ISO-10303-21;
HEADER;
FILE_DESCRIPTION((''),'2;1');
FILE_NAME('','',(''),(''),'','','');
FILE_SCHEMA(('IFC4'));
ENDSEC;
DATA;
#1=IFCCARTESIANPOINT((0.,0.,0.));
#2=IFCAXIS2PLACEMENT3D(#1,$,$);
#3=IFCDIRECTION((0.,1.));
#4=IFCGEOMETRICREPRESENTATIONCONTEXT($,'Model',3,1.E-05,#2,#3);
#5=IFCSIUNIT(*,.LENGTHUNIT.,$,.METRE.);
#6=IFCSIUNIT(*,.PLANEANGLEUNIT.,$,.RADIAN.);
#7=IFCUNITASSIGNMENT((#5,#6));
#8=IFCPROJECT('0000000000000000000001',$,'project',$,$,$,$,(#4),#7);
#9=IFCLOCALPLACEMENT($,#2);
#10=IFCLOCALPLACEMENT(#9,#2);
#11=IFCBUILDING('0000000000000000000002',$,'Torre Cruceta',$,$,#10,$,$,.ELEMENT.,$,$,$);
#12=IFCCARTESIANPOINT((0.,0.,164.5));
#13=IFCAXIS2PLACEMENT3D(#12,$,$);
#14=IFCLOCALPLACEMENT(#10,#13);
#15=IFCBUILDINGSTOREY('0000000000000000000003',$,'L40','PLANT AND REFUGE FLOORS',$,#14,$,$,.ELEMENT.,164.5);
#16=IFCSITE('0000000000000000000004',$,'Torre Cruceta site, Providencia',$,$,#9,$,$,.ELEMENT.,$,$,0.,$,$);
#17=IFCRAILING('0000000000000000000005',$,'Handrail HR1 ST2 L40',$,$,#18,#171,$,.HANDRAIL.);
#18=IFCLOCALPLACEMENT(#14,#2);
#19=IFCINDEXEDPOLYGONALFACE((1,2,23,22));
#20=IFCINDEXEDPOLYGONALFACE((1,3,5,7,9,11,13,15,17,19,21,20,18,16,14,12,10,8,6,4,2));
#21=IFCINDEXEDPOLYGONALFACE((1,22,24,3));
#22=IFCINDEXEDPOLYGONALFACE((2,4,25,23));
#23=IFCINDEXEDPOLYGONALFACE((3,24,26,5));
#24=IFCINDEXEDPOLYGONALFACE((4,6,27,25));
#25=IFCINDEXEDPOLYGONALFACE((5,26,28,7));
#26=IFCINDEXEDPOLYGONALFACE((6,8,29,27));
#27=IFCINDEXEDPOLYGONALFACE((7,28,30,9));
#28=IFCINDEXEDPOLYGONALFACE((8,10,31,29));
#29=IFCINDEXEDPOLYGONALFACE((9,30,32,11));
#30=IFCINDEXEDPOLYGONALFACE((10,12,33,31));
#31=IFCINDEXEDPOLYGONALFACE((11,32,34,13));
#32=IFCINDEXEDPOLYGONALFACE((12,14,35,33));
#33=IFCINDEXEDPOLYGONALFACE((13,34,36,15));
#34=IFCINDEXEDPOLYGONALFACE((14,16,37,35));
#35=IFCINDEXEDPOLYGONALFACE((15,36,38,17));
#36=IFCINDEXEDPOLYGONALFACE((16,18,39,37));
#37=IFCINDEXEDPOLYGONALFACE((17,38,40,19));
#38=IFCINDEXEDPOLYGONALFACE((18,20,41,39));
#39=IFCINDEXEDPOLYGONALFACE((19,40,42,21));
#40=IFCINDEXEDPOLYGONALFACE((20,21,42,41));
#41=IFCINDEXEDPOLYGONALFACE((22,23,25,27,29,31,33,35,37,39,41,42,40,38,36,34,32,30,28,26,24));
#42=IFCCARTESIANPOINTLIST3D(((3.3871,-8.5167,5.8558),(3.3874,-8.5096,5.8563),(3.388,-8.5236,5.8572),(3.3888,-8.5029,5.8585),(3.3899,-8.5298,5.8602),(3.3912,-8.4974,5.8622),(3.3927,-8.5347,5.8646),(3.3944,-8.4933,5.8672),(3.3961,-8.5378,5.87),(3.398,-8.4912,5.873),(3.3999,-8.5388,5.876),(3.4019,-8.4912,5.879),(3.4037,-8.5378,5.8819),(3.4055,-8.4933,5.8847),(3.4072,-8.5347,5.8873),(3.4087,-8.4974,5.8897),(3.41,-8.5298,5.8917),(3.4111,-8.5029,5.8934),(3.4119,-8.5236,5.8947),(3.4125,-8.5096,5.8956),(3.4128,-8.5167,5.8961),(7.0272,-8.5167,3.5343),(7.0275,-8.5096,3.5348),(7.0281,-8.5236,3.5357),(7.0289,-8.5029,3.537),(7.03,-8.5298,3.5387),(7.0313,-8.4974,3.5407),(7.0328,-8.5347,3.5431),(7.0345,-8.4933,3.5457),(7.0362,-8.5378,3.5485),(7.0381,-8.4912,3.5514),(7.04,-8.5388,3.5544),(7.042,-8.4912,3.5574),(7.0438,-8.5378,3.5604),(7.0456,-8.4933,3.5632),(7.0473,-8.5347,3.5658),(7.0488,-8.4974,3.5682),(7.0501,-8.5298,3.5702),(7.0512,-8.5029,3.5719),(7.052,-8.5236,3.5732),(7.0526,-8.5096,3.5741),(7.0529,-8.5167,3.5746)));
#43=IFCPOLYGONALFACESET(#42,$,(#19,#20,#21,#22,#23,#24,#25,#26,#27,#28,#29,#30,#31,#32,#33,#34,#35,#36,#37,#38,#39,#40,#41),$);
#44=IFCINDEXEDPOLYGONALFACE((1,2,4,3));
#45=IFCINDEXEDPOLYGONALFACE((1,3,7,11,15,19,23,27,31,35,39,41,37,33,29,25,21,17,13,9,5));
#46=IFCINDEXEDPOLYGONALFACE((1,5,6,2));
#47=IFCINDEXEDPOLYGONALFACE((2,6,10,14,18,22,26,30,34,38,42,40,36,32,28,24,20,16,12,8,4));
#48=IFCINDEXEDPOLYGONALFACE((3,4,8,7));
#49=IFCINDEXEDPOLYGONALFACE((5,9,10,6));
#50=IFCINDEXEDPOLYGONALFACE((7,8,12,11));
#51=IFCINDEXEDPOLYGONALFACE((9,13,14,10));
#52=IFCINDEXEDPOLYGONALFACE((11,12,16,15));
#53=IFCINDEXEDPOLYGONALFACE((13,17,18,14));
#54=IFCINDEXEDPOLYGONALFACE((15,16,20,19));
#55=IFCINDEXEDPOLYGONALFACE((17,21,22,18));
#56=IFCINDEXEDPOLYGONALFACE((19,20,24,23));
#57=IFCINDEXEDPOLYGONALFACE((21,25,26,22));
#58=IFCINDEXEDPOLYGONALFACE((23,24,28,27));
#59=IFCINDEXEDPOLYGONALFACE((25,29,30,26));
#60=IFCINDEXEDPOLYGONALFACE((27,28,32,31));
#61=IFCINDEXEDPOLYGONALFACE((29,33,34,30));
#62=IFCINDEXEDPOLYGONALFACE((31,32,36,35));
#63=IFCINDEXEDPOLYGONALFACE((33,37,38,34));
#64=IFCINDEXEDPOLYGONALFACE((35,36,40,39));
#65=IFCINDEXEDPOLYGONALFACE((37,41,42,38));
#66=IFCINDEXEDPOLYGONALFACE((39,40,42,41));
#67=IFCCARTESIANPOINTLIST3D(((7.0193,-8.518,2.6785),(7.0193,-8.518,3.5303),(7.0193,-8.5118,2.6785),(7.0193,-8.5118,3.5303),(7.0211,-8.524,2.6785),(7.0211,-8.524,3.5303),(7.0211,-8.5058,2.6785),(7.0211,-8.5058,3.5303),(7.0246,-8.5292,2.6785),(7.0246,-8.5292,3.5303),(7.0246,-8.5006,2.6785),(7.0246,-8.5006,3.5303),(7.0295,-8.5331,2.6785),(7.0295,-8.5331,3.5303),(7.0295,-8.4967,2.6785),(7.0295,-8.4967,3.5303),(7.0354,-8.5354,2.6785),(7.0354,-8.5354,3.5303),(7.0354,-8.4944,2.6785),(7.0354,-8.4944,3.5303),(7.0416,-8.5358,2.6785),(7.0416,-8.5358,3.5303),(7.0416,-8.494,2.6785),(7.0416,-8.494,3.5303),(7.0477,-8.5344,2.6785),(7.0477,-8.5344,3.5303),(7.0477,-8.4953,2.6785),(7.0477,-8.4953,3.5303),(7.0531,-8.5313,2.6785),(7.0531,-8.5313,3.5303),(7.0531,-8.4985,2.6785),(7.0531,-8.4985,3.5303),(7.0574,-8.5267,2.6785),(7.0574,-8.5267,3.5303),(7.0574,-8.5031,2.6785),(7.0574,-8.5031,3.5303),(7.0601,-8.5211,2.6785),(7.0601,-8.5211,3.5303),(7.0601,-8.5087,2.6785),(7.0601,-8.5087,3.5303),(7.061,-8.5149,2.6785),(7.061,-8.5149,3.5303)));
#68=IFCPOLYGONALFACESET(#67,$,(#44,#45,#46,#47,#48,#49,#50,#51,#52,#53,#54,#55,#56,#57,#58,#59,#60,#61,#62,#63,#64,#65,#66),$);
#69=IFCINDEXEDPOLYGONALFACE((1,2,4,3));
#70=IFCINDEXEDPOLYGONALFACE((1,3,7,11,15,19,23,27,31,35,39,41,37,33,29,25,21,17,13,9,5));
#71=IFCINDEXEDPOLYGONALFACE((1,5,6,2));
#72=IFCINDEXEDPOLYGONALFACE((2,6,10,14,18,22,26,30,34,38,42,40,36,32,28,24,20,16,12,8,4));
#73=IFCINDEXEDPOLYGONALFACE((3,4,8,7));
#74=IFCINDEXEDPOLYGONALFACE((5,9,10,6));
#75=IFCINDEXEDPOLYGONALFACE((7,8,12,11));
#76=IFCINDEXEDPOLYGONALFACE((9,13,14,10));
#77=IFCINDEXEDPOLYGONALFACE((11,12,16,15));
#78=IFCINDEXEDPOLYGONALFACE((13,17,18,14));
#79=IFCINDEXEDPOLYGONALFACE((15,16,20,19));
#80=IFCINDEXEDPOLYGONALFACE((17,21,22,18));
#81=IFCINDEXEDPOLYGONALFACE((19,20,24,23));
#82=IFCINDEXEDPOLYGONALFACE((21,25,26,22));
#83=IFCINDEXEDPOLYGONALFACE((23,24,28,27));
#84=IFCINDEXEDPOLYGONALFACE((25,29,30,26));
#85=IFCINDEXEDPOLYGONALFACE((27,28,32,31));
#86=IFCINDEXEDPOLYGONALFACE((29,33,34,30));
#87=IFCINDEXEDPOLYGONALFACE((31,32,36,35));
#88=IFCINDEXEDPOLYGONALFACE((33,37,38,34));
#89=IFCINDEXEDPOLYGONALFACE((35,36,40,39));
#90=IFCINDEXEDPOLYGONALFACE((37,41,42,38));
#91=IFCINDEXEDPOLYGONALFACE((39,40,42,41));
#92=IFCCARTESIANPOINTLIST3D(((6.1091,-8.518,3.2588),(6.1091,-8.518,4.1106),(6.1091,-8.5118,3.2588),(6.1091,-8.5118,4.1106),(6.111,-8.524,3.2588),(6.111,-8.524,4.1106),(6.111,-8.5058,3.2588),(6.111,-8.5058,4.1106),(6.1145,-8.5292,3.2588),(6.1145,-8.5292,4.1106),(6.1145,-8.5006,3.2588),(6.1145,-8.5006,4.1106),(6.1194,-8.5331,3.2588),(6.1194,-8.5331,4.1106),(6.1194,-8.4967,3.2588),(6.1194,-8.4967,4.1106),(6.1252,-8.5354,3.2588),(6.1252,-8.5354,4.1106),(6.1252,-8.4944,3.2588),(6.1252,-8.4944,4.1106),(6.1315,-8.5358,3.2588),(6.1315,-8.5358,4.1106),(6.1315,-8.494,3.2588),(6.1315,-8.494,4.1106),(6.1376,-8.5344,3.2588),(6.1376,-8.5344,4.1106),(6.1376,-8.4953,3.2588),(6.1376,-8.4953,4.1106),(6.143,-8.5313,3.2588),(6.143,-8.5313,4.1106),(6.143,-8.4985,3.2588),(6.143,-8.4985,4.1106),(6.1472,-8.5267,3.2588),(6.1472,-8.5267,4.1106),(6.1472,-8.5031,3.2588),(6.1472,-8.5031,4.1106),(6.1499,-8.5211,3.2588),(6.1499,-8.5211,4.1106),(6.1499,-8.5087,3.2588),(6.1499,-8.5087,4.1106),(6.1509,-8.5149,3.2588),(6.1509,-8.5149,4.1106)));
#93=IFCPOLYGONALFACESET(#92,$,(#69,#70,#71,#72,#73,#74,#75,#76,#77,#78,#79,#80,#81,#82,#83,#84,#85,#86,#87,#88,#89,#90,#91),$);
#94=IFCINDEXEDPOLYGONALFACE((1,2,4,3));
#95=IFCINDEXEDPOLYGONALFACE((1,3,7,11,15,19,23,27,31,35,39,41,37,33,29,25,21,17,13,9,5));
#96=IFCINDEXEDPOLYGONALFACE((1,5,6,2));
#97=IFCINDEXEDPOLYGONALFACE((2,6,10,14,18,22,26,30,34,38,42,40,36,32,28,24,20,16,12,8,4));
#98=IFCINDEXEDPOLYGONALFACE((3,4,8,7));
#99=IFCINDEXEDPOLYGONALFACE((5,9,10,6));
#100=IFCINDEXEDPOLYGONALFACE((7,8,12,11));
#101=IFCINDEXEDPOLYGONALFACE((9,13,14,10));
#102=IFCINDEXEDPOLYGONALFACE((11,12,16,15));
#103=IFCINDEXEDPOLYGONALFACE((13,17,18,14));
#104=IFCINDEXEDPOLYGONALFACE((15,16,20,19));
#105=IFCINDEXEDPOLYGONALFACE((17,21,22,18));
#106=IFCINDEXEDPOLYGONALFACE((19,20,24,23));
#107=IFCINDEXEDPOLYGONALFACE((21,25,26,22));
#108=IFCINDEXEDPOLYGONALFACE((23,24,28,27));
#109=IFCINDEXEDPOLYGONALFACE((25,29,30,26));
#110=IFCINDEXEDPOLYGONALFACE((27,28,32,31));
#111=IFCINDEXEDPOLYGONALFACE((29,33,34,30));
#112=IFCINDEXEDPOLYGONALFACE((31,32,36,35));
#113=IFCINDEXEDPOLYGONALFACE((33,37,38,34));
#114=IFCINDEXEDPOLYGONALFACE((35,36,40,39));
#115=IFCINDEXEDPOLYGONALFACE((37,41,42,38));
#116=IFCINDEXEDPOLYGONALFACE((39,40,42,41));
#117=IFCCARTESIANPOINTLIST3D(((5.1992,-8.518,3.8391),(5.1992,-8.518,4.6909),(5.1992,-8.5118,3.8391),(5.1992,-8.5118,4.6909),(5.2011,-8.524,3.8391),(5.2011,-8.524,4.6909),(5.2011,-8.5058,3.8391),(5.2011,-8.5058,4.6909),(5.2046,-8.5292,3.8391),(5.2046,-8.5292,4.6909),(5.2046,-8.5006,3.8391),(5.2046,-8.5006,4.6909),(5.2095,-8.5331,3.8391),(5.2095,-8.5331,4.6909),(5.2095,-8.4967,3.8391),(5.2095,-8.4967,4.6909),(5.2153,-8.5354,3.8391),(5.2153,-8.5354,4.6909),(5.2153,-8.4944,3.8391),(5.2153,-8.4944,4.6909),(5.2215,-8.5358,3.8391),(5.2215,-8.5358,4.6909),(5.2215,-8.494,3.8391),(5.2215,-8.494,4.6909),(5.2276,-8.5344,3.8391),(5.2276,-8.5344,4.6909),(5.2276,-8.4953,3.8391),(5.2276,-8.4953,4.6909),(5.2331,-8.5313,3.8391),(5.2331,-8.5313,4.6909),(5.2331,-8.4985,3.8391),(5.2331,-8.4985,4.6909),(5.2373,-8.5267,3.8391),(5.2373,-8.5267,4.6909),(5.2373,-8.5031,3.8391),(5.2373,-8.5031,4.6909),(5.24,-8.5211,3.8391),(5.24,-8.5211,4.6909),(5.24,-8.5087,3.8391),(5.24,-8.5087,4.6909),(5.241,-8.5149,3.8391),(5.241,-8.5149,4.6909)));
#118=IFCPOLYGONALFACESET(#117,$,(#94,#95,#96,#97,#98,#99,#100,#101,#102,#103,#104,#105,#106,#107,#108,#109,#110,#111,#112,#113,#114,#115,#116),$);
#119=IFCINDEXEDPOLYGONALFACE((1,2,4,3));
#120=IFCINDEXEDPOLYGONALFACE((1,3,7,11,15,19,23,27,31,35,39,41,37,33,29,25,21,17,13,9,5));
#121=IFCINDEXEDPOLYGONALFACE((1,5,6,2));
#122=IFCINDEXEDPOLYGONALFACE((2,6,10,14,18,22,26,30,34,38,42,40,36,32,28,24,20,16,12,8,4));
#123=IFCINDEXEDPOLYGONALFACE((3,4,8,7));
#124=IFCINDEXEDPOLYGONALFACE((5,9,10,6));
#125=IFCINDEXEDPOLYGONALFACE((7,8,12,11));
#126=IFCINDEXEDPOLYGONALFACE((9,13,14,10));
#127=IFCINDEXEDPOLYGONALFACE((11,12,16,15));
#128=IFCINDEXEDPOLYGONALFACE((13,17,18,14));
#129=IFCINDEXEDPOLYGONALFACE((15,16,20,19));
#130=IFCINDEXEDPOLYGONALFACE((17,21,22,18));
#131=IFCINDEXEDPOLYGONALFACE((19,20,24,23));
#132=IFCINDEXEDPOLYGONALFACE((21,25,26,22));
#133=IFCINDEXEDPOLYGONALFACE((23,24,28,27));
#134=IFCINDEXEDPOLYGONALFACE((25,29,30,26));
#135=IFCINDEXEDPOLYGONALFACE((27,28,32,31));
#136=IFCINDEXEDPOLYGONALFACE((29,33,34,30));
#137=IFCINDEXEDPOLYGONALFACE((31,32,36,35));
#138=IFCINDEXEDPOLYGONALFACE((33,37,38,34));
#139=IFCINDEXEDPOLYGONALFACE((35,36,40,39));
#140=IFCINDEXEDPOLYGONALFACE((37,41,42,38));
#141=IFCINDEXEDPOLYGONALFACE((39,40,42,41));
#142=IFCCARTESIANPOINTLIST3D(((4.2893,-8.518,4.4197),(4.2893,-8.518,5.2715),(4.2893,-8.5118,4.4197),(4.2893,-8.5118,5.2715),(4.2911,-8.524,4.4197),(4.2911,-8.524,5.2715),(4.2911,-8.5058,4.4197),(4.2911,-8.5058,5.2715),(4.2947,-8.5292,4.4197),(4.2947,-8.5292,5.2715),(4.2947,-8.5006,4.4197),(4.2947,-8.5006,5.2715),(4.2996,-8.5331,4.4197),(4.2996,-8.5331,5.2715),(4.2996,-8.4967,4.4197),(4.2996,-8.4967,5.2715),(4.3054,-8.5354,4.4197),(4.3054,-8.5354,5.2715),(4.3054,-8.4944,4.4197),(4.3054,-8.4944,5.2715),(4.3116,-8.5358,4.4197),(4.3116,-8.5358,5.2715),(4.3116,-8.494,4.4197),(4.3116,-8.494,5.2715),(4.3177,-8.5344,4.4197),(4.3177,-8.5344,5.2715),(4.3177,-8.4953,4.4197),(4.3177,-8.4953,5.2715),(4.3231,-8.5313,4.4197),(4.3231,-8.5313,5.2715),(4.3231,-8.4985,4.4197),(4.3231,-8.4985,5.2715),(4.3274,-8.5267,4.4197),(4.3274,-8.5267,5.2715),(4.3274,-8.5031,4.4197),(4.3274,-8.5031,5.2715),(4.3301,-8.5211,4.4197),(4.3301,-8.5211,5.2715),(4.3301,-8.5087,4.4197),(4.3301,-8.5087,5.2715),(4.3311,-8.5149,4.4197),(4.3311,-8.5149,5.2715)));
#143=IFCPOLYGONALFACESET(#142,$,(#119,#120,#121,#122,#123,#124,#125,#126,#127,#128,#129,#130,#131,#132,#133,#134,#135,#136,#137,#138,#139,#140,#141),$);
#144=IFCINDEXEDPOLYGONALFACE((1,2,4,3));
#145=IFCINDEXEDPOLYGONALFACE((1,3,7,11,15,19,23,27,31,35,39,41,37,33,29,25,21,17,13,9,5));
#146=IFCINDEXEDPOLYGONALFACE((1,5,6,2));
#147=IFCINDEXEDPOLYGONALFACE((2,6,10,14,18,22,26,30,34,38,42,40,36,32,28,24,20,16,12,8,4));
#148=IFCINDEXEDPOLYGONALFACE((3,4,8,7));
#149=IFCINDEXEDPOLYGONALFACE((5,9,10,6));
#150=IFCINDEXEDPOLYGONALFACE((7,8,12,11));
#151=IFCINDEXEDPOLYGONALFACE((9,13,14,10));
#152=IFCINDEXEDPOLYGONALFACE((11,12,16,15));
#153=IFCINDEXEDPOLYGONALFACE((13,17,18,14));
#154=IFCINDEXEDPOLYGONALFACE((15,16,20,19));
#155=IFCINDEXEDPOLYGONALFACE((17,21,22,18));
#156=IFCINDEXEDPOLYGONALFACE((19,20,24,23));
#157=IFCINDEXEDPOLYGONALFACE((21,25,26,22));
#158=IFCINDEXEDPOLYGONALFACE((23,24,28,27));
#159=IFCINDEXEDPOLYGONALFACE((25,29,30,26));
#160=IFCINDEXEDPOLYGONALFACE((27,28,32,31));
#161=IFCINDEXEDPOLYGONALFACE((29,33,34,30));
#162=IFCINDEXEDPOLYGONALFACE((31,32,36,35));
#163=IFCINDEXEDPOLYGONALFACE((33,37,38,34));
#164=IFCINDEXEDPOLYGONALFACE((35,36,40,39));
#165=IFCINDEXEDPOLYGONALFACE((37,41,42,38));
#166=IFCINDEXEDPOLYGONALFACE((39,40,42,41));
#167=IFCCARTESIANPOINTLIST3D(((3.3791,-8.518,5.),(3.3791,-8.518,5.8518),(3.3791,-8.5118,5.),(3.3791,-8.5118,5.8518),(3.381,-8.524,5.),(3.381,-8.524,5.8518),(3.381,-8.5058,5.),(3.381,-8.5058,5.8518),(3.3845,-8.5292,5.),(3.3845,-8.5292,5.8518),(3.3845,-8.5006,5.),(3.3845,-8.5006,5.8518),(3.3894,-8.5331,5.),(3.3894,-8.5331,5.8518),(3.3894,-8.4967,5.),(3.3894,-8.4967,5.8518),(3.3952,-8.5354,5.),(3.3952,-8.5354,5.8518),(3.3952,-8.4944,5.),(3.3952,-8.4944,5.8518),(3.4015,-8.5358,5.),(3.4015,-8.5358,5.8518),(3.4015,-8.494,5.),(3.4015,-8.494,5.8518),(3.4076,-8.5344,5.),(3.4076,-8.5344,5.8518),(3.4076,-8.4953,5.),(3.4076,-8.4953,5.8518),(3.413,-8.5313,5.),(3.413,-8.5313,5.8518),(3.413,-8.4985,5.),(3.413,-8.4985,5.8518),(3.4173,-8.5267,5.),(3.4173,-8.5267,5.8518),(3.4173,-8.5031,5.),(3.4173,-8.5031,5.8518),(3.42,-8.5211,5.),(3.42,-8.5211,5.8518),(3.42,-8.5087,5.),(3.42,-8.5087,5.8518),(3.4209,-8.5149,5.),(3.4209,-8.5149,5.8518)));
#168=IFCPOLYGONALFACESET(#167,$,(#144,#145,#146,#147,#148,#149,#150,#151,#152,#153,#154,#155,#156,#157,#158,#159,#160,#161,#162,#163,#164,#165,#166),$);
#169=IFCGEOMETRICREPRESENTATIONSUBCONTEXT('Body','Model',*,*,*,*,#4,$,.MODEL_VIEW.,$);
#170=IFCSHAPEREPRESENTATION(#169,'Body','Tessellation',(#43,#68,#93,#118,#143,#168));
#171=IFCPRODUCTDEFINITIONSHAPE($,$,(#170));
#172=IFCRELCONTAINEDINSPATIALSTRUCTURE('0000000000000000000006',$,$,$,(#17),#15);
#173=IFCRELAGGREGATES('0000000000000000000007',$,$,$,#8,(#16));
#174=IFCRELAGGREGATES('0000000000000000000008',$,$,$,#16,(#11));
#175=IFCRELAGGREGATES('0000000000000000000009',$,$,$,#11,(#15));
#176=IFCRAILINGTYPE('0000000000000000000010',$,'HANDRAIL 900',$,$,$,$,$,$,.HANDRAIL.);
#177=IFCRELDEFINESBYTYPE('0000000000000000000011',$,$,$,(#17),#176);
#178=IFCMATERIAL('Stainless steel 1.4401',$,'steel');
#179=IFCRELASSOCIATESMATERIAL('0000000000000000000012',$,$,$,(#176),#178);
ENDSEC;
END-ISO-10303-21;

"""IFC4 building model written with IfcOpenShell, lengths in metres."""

from ifc_helpers import new_model, si_unit, direction, frame, origin, origin_2d, place, context, subcontext, project, spatial, circle, extrude, material, type_object, element, save


model = new_model("IFC4")

# Units and contexts
model_context = context("Model", 3, precision=1e-05, world=origin(), true_north=direction((0.0, 1.0)))
body_context = subcontext(model_context, "Body", "Model", "MODEL_VIEW")
ifc_project = project(units=[si_unit("LENGTHUNIT", "METRE"), si_unit("PLANEANGLEUNIT", "RADIAN")], contexts=[model_context])

# Site, building, storey
site_placement = place(None, origin())
site = spatial("IfcSite", under=ifc_project, at=site_placement, Name="Torre Cruceta site, Providencia", CompositionType="ELEMENT", RefElevation=0.0)
building_placement = place(site_placement, origin())
building = spatial("IfcBuilding", under=site, at=building_placement, Name="Torre Cruceta", CompositionType="ELEMENT")
storey_placement = place(building_placement, frame((0.0, 0.0, 164.5)))
storey = spatial("IfcBuildingStorey", under=building, at=storey_placement, Name="L40", Description="PLANT AND REFUGE FLOORS", CompositionType="ELEMENT", Elevation=164.5)

# Railing
ifc_material_1 = material(Name="Stainless steel 1.4401", Category="steel")
railing_type = type_object("IfcRailingType", Name="HANDRAIL 900", PredefinedType="HANDRAIL", material=ifc_material_1)
railing_placement = place(storey_placement, frame((7.04, -8.5149, 2.6785)))
element("IfcRailing", 1, at=railing_placement, inside=storey, type_object=railing_type, Name="Handrail HR1 ST2 L40", PredefinedType="HANDRAIL", context=body_context, shape_type="SweptSolid", body=[
    extrude(circle(Radius=0.0239, at=origin_2d()), frame((0.0, 0.0, 0.876), z_axis=(-0.843128, 0.0, 0.537713), x_axis=(0.0, -1.0, 0.0)), (0.0, 0.0, 1.0), 4.3174),
    extrude(circle(Radius=0.021, at=origin_2d()), origin(), (0.0, 0.0, 1.0), 0.8518),
    extrude(circle(Radius=0.021, at=origin_2d()), frame((-0.9102, 0.0, 0.5803)), (0.0, 0.0, 1.0), 0.8518),
    extrude(circle(Radius=0.021, at=origin_2d()), frame((-1.8201, 0.0, 1.1606)), (0.0, 0.0, 1.0), 0.8518),
    extrude(circle(Radius=0.021, at=origin_2d()), frame((-2.73, 0.0, 1.7412)), (0.0, 0.0, 1.0), 0.8518),
    extrude(circle(Radius=0.021, at=origin_2d()), frame((-3.6401, 0.0, 2.3215)), (0.0, 0.0, 1.0), 0.8518),
])

save(model, "model.ifc")
